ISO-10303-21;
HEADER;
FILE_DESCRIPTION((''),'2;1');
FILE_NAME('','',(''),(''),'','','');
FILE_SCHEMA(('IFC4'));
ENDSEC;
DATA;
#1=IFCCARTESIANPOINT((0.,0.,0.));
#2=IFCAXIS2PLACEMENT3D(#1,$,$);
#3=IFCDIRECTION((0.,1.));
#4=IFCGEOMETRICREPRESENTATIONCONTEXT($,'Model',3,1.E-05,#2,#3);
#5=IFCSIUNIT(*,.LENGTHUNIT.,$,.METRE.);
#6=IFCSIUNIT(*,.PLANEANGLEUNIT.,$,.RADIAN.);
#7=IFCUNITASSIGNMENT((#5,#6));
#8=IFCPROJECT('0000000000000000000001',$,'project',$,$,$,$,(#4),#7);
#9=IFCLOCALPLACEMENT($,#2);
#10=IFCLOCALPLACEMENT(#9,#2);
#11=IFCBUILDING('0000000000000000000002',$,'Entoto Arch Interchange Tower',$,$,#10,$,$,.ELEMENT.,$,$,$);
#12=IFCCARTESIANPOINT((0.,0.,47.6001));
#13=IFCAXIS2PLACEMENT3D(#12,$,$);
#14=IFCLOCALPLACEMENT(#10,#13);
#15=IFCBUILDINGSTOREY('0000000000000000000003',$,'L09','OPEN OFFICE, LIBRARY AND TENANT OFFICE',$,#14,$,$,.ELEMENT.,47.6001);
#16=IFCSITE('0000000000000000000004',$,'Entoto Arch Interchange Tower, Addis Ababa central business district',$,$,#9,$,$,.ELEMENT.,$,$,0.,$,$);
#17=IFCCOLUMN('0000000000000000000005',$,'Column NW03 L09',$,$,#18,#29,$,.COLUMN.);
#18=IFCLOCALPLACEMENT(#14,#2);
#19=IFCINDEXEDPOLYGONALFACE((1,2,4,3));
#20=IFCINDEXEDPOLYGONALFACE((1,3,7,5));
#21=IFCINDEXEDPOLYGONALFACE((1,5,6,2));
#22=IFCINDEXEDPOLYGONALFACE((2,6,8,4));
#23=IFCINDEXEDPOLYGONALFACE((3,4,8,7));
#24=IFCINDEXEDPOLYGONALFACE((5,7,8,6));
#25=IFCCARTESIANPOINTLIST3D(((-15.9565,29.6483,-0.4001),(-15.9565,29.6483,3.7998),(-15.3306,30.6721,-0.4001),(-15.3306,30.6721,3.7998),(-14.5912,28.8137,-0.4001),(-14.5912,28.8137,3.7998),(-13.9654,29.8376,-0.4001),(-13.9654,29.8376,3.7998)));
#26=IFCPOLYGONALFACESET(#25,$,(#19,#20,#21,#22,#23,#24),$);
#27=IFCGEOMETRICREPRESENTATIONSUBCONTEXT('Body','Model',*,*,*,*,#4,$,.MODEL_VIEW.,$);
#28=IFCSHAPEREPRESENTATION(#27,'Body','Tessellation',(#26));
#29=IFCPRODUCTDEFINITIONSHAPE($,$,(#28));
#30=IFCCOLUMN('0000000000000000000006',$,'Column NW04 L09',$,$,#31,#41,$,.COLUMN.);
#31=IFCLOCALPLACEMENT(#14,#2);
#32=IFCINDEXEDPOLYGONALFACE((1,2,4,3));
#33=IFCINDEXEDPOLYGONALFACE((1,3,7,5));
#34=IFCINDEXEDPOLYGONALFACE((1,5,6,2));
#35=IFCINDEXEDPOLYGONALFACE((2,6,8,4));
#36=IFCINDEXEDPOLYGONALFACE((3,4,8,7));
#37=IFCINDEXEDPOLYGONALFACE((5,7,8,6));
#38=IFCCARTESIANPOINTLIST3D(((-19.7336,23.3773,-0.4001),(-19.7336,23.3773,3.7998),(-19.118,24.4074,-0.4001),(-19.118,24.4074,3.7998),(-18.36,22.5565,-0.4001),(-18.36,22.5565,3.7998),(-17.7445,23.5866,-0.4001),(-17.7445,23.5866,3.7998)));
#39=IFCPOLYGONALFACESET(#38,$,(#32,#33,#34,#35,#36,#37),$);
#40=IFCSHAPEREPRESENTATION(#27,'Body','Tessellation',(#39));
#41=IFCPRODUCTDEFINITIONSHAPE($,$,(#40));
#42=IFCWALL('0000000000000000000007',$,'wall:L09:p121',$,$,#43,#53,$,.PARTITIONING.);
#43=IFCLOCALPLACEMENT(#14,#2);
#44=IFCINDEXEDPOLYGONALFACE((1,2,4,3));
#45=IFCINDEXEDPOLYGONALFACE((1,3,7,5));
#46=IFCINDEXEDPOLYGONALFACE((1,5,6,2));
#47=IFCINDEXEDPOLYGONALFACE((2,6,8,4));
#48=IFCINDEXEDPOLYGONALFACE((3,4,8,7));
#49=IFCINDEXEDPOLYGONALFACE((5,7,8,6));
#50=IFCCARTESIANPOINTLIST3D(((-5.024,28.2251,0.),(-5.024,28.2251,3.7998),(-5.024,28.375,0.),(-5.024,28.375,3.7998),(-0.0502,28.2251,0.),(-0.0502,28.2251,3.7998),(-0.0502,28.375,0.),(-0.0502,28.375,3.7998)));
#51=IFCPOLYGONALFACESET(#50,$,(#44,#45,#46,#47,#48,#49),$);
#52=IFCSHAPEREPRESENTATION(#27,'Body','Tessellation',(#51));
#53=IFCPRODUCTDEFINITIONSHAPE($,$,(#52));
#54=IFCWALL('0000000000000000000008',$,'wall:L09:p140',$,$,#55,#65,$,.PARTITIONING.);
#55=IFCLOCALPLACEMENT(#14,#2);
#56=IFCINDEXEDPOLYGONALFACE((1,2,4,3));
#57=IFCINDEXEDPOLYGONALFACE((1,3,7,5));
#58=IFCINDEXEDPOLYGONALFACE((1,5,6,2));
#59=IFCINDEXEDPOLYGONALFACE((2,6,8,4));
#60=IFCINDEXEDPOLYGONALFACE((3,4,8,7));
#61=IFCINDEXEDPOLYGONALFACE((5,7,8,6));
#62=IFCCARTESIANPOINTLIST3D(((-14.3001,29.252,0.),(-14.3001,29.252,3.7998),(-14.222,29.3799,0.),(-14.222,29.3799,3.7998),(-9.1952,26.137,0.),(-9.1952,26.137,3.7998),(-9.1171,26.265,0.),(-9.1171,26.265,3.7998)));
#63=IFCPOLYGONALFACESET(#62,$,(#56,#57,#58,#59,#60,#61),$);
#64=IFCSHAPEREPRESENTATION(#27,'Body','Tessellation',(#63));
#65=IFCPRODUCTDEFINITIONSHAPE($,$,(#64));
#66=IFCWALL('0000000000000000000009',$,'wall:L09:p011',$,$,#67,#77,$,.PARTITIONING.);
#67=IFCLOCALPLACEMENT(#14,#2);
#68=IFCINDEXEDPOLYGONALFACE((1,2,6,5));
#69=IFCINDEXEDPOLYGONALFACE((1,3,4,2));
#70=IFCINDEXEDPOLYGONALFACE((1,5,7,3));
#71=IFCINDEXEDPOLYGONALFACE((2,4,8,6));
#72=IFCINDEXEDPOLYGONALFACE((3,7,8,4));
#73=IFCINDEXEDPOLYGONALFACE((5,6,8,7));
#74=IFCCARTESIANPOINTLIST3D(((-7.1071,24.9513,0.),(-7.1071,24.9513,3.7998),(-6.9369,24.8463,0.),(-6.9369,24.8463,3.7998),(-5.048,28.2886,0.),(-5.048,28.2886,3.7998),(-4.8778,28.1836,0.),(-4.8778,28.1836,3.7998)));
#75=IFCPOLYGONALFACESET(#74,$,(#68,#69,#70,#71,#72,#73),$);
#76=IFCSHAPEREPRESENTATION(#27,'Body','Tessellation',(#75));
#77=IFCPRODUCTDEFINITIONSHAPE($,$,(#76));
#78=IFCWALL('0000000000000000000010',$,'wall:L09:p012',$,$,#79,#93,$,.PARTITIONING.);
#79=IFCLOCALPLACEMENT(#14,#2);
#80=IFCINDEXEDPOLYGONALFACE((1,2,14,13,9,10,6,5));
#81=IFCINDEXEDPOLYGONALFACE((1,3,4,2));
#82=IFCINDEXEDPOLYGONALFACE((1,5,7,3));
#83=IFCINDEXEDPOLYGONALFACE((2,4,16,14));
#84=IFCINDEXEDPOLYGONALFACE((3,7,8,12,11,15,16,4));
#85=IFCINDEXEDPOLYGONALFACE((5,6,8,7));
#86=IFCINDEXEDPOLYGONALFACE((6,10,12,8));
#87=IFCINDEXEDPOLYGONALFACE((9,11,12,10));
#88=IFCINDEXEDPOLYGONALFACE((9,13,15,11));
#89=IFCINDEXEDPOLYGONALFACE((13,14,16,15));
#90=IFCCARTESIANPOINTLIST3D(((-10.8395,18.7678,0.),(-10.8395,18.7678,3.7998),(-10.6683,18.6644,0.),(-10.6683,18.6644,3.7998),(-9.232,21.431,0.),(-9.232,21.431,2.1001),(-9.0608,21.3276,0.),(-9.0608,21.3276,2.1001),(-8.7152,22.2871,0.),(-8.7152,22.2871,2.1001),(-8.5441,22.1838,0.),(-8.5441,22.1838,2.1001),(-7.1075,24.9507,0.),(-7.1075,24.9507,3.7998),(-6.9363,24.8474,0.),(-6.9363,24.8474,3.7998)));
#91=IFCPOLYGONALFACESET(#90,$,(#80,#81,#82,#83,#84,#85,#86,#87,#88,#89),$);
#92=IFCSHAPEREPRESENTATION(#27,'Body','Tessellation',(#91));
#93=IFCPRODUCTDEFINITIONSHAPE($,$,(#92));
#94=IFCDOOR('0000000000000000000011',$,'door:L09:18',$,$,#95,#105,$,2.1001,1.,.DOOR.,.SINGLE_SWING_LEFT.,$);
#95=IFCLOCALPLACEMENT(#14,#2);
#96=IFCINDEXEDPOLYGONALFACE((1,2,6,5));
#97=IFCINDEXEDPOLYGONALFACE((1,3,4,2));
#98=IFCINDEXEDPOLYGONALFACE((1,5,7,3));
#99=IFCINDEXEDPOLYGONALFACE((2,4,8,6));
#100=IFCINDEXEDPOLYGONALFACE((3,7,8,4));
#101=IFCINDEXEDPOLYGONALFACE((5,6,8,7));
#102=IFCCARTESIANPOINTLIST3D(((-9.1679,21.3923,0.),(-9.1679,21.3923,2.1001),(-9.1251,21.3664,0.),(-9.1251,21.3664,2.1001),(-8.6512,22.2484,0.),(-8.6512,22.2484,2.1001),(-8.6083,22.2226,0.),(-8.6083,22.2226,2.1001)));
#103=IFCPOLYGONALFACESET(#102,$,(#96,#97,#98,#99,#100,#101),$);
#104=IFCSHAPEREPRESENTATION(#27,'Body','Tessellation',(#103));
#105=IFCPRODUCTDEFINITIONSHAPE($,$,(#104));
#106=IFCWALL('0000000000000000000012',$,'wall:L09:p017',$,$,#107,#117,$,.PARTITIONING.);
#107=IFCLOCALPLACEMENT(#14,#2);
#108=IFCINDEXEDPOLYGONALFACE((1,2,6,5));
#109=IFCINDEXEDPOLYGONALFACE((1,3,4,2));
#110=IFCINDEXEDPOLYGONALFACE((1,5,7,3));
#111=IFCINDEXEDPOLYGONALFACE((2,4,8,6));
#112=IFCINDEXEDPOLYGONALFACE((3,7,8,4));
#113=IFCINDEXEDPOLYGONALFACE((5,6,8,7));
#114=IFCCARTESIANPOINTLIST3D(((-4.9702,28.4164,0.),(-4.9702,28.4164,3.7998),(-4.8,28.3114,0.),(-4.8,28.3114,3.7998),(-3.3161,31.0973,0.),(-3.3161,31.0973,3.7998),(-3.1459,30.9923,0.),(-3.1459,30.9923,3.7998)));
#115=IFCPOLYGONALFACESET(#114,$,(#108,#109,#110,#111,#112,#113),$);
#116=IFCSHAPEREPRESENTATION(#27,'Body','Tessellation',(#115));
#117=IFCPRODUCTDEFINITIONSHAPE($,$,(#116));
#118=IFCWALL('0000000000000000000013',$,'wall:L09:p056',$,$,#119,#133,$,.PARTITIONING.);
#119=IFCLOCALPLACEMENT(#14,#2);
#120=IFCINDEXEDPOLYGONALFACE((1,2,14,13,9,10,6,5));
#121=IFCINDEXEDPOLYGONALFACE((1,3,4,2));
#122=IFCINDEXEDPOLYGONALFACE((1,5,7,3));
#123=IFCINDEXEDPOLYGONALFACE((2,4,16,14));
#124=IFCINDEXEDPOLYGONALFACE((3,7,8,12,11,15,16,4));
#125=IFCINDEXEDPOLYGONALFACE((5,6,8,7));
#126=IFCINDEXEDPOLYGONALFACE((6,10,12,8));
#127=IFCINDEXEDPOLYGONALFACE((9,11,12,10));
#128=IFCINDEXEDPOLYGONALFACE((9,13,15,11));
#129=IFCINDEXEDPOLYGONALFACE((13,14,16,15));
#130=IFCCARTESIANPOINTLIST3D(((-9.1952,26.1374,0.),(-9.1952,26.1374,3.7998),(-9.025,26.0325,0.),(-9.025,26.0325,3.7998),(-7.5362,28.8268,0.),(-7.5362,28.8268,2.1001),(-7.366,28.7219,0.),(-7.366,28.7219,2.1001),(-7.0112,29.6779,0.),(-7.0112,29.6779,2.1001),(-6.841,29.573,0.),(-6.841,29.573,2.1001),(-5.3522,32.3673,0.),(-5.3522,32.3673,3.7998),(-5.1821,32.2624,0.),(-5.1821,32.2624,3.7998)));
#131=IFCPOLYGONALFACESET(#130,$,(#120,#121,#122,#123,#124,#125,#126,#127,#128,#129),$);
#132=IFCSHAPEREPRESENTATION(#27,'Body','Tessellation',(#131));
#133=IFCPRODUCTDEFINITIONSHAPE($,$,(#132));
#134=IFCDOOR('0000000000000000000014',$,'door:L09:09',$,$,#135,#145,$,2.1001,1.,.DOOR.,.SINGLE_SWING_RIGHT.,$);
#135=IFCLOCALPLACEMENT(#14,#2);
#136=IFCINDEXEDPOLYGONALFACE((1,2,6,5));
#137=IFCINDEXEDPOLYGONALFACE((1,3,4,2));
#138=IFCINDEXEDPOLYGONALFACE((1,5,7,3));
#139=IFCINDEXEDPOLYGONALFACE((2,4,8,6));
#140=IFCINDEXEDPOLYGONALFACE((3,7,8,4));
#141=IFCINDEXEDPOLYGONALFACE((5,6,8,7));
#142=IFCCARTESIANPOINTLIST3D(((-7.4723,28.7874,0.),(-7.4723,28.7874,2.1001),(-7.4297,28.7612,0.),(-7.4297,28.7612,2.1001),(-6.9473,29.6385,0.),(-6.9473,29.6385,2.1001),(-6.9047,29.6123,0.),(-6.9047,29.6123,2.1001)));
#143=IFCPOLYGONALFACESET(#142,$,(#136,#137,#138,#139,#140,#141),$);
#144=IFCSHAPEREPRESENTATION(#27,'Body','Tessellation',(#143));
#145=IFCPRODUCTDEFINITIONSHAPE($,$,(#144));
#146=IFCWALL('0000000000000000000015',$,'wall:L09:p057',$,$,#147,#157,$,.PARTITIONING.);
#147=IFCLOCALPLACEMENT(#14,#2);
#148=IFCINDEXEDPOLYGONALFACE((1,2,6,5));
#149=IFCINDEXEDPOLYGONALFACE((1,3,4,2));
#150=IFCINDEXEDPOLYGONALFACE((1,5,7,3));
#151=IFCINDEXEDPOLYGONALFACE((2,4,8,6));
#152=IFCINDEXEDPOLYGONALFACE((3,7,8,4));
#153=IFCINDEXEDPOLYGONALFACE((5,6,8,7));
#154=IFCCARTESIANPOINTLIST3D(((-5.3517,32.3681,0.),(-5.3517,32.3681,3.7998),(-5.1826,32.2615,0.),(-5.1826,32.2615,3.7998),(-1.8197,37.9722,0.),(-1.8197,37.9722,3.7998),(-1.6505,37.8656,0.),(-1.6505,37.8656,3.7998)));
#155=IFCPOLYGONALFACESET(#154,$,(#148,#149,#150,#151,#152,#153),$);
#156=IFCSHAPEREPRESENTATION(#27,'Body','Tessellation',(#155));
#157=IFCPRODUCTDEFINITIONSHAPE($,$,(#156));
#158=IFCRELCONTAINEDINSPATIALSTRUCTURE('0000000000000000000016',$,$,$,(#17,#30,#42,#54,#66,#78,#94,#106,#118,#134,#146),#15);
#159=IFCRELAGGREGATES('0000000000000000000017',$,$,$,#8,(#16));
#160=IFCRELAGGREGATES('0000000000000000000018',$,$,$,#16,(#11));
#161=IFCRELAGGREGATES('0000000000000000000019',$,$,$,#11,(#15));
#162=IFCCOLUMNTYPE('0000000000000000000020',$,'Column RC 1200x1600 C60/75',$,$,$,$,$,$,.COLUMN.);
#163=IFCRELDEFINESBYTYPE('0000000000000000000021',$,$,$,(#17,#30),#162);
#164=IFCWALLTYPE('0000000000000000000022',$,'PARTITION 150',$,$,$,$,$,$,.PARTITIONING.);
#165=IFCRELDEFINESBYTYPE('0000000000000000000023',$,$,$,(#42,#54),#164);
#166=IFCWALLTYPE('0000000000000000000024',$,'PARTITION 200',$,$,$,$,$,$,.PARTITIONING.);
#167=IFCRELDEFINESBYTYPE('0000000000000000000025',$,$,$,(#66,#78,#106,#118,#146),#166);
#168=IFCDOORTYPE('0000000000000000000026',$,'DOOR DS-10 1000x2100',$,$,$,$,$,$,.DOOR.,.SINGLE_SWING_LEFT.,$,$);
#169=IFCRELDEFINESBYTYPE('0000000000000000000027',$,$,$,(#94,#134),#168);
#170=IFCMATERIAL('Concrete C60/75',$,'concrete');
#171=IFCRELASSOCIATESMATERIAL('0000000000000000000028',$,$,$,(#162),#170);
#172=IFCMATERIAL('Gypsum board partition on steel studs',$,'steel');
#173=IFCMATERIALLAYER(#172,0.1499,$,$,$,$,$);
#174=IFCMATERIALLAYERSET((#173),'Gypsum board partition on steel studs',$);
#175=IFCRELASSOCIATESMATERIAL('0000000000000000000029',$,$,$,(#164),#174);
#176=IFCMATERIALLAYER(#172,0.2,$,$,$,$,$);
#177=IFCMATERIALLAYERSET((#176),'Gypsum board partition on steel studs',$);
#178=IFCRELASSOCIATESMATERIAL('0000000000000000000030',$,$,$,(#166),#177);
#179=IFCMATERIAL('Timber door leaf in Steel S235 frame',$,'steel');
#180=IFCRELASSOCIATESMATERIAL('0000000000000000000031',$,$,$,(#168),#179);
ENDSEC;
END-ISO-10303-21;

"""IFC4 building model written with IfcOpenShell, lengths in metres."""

from ifc_helpers import new_model, si_unit, direction, frame, frame_2d, origin, origin_2d, place, context, subcontext, project, spatial, rectangle, extrude, material, layer, layer_set, material_profile, profile_set, type_object, element, fill, save


model = new_model("IFC4")

# Units and contexts
model_context = context("Model", 3, precision=1e-05, world=origin(), true_north=direction((0.0, 1.0)))
body_context = subcontext(model_context, "Body", "Model", "MODEL_VIEW")
ifc_project = project(units=[si_unit("LENGTHUNIT", "METRE"), si_unit("PLANEANGLEUNIT", "RADIAN")], contexts=[model_context])

# Site, building, storey
site_placement = place(None, origin())
site = spatial("IfcSite", under=ifc_project, at=site_placement, Name="Entoto Arch Interchange Tower, Addis Ababa central business district", CompositionType="ELEMENT", RefElevation=0.0)
building_placement = place(site_placement, origin())
building = spatial("IfcBuilding", under=site, at=building_placement, Name="Entoto Arch Interchange Tower", CompositionType="ELEMENT")
storey_placement = place(building_placement, frame((0.0, 0.0, 47.6001)))
storey = spatial("IfcBuildingStorey", under=building, at=storey_placement, Name="L09", Description="OPEN OFFICE, LIBRARY AND TENANT OFFICE", CompositionType="ELEMENT", Elevation=47.6001)

# Columns
ifc_material_1 = material(Name="Concrete C60/75", Category="concrete")
ifc_material_profile = material_profile(ifc_material_1, rectangle(XDim=1.2, YDim=1.6001, at=origin_2d()))
ifc_profile_set = profile_set([ifc_material_profile], Name="Concrete C60/75")
column_type = type_object("IfcColumnType", Name="Column RC 1200x1600 C60/75", PredefinedType="COLUMN", material=ifc_profile_set)
for number, where, z_axis, x_axis, name in (
    (1, (-14.9609, 29.7429, -0.4001), (0.0, 0.0, 1.0), (0.521546, 0.853223, 0.0), "Column NW03 L09"),
    (2, (-18.739, 23.4819, -0.4001), (0.0, 0.0, 1.0), (0.512972, 0.858405, 0.0), "Column NW04 L09"),
):
    element("IfcColumn", number, at=place(storey_placement, frame(where, z_axis=z_axis, x_axis=x_axis)), inside=storey, type_object=column_type, Name=name, PredefinedType="COLUMN", context=body_context, shape_type="SweptSolid", body=[
        extrude(rectangle(XDim=1.2, YDim=1.6001, at=origin_2d()), origin(), (0.0, 0.0, 1.0), 4.2),
    ])

# Walls
ifc_material_2 = material(Name="Gypsum board partition on steel studs", Category="steel")
ifc_layer_1 = layer(ifc_material_2, 0.1499)
ifc_layer_set_1 = layer_set([ifc_layer_1], Name="Gypsum board partition on steel studs")
wall_type_1 = type_object("IfcWallType", Name="PARTITION 150", PredefinedType="PARTITIONING", material=ifc_layer_set_1)
wall_1_placement = place(storey_placement, frame((-5.0239, 28.3, 0.0), z_axis=(0.0, 0.0, 1.0), x_axis=(1.0, 0.0, 0.0)))
element("IfcWall", 3, at=wall_1_placement, inside=storey, type_object=wall_type_1, Name="wall:L09:p121", PredefinedType="PARTITIONING", context=body_context, shape_type="SweptSolid", body=[
    extrude(rectangle(XDim=4.9739, YDim=0.1499, at=frame_2d((2.4868, 0.0))), origin(), (0.0, 0.0, 1.0), 3.7998),
])
wall_2_placement = place(storey_placement, frame((-9.156, 26.2009, 0.0), z_axis=(0.0, 0.0, 1.0), x_axis=(-0.853633, 0.520875, 0.0)))
element("IfcWall", 4, at=wall_2_placement, inside=storey, type_object=wall_type_1, Name="wall:L09:p140", PredefinedType="PARTITIONING", context=body_context, shape_type="SweptSolid", body=[
    extrude(rectangle(XDim=5.9802, YDim=0.1499, at=frame_2d((2.9902, 0.0))), origin(), (0.0, 0.0, 1.0), 3.7998),
])
ifc_layer_2 = layer(ifc_material_2, 0.2)
ifc_layer_set_2 = layer_set([ifc_layer_2], Name="Gypsum board partition on steel studs")
wall_type_2 = type_object("IfcWallType", Name="PARTITION 200", PredefinedType="PARTITIONING", material=ifc_layer_set_2)
wall_3_placement = place(storey_placement, frame((-4.9629, 28.2361, 0.0), z_axis=(0.0, 0.0, 1.0), x_axis=(-0.525104, -0.851038, 0.0)))
element("IfcWall", 5, at=wall_3_placement, inside=storey, type_object=wall_type_2, Name="wall:L09:p011", PredefinedType="PARTITIONING", context=body_context, shape_type="SweptSolid", body=[
    extrude(rectangle(XDim=3.9214, YDim=0.2, at=frame_2d((1.9607, 0.0))), origin(), (0.0, 0.0, 1.0), 3.7998),
])

# Wall, opening, door
wall_4_placement = place(storey_placement, frame((-7.022, 24.8989, 0.0), z_axis=(0.0, 0.0, 1.0), x_axis=(-0.516756, -0.856133, 0.0)))
wall_4 = element("IfcWall", 6, at=wall_4_placement, inside=storey, type_object=wall_type_2, Name="wall:L09:p012", PredefinedType="PARTITIONING", context=body_context, shape_type="SweptSolid", body=[
    extrude(rectangle(XDim=7.2219, YDim=0.2, at=frame_2d((3.6108, 0.0))), origin(), (0.0, 0.0, 1.0), 3.7998),
])
opening_1_placement = place(wall_4_placement, frame((3.1111, 0.0, 0.0)))
opening_1 = element("IfcOpeningElement", 7, at=opening_1_placement, cuts=wall_4, PredefinedType="OPENING", context=body_context, shape_type="SweptSolid", body=[
    extrude(rectangle(XDim=1.0, YDim=2.1001, at=frame_2d((0.5, 1.05))), frame((0.0, 0.1099, 0.0), z_axis=(0.0, -1.0, 0.0), x_axis=(1.0, 0.0, 0.0)), (0.0, 0.0, 1.0), 0.22),
])
ifc_material_3 = material(Name="Timber door leaf in Steel S235 frame", Category="steel")
door_type = type_object("IfcDoorType", Name="DOOR DS-10 1000x2100", OperationType="SINGLE_SWING_LEFT", PredefinedType="DOOR", material=ifc_material_3)
door_1_placement = place(opening_1_placement, origin())
door_1 = element("IfcDoor", 8, at=door_1_placement, inside=storey, type_object=door_type, Name="door:L09:18", OperationType="SINGLE_SWING_LEFT", OverallHeight=2.1001, OverallWidth=1.0, PredefinedType="DOOR", context=body_context, shape_type="SweptSolid", body=[
    extrude(rectangle(XDim=1.0, YDim=2.1001, at=frame_2d((0.5, 1.05))), frame((0.0, 0.0249, 0.0), z_axis=(0.0, -1.0, 0.0), x_axis=(1.0, 0.0, 0.0)), (0.0, 0.0, 1.0), 0.05),
])
fill(opening_1, door_1)

# Wall
wall_5_placement = place(storey_placement, frame((-3.231, 31.0449, 0.0), z_axis=(0.0, 0.0, 1.0), x_axis=(-0.525079, -0.851054, 0.0)))
element("IfcWall", 9, at=wall_5_placement, inside=storey, type_object=wall_type_2, Name="wall:L09:p017", PredefinedType="PARTITIONING", context=body_context, shape_type="SweptSolid", body=[
    extrude(rectangle(XDim=3.1501, YDim=0.2, at=frame_2d((1.5752, 0.0))), origin(), (0.0, 0.0, 1.0), 3.7998),
])

# Wall, opening, door
wall_6_placement = place(storey_placement, frame((-9.1101, 26.085, 0.0), z_axis=(0.0, 0.0, 1.0), x_axis=(0.525007, 0.851098, 0.0)))
wall_6 = element("IfcWall", 10, at=wall_6_placement, inside=storey, type_object=wall_type_2, Name="wall:L09:p056", PredefinedType="PARTITIONING", context=body_context, shape_type="SweptSolid", body=[
    extrude(rectangle(XDim=7.3198, YDim=0.2, at=frame_2d((3.6599, 0.0))), origin(), (0.0, 0.0, 1.0), 3.7998),
])
opening_2_placement = place(wall_6_placement, frame((3.1599, 0.0, 0.0)))
opening_2 = element("IfcOpeningElement", 11, at=opening_2_placement, cuts=wall_6, PredefinedType="OPENING", context=body_context, shape_type="SweptSolid", body=[
    extrude(rectangle(XDim=1.0, YDim=2.1001, at=frame_2d((0.5, 1.05))), frame((0.0, 0.1099, 0.0), z_axis=(0.0, -1.0, 0.0), x_axis=(1.0, 0.0, 0.0)), (0.0, 0.0, 1.0), 0.22),
])
door_2_placement = place(opening_2_placement, origin())
door_2 = element("IfcDoor", 12, at=door_2_placement, inside=storey, type_object=door_type, Name="door:L09:09", OperationType="SINGLE_SWING_RIGHT", OverallHeight=2.1001, OverallWidth=1.0, PredefinedType="DOOR", context=body_context, shape_type="SweptSolid", body=[
    extrude(rectangle(XDim=1.0, YDim=2.1001, at=frame_2d((0.5, 1.05))), frame((0.0, 0.0249, 0.0), z_axis=(0.0, -1.0, 0.0), x_axis=(1.0, 0.0, 0.0)), (0.0, 0.0, 1.0), 0.05),
])
fill(opening_2, door_2)

# Wall
wall_7_placement = place(storey_placement, frame((-5.2671, 32.3149, 0.0), z_axis=(0.0, 0.0, 1.0), x_axis=(0.533195, 0.845992, 0.0)))
element("IfcWall", 13, at=wall_7_placement, inside=storey, type_object=wall_type_2, Name="wall:L09:p057", PredefinedType="PARTITIONING", context=body_context, shape_type="SweptSolid", body=[
    extrude(rectangle(XDim=6.6243, YDim=0.2, at=frame_2d((3.312, 0.0))), origin(), (0.0, 0.0, 1.0), 3.7998),
])

save(model, "model.ifc")
